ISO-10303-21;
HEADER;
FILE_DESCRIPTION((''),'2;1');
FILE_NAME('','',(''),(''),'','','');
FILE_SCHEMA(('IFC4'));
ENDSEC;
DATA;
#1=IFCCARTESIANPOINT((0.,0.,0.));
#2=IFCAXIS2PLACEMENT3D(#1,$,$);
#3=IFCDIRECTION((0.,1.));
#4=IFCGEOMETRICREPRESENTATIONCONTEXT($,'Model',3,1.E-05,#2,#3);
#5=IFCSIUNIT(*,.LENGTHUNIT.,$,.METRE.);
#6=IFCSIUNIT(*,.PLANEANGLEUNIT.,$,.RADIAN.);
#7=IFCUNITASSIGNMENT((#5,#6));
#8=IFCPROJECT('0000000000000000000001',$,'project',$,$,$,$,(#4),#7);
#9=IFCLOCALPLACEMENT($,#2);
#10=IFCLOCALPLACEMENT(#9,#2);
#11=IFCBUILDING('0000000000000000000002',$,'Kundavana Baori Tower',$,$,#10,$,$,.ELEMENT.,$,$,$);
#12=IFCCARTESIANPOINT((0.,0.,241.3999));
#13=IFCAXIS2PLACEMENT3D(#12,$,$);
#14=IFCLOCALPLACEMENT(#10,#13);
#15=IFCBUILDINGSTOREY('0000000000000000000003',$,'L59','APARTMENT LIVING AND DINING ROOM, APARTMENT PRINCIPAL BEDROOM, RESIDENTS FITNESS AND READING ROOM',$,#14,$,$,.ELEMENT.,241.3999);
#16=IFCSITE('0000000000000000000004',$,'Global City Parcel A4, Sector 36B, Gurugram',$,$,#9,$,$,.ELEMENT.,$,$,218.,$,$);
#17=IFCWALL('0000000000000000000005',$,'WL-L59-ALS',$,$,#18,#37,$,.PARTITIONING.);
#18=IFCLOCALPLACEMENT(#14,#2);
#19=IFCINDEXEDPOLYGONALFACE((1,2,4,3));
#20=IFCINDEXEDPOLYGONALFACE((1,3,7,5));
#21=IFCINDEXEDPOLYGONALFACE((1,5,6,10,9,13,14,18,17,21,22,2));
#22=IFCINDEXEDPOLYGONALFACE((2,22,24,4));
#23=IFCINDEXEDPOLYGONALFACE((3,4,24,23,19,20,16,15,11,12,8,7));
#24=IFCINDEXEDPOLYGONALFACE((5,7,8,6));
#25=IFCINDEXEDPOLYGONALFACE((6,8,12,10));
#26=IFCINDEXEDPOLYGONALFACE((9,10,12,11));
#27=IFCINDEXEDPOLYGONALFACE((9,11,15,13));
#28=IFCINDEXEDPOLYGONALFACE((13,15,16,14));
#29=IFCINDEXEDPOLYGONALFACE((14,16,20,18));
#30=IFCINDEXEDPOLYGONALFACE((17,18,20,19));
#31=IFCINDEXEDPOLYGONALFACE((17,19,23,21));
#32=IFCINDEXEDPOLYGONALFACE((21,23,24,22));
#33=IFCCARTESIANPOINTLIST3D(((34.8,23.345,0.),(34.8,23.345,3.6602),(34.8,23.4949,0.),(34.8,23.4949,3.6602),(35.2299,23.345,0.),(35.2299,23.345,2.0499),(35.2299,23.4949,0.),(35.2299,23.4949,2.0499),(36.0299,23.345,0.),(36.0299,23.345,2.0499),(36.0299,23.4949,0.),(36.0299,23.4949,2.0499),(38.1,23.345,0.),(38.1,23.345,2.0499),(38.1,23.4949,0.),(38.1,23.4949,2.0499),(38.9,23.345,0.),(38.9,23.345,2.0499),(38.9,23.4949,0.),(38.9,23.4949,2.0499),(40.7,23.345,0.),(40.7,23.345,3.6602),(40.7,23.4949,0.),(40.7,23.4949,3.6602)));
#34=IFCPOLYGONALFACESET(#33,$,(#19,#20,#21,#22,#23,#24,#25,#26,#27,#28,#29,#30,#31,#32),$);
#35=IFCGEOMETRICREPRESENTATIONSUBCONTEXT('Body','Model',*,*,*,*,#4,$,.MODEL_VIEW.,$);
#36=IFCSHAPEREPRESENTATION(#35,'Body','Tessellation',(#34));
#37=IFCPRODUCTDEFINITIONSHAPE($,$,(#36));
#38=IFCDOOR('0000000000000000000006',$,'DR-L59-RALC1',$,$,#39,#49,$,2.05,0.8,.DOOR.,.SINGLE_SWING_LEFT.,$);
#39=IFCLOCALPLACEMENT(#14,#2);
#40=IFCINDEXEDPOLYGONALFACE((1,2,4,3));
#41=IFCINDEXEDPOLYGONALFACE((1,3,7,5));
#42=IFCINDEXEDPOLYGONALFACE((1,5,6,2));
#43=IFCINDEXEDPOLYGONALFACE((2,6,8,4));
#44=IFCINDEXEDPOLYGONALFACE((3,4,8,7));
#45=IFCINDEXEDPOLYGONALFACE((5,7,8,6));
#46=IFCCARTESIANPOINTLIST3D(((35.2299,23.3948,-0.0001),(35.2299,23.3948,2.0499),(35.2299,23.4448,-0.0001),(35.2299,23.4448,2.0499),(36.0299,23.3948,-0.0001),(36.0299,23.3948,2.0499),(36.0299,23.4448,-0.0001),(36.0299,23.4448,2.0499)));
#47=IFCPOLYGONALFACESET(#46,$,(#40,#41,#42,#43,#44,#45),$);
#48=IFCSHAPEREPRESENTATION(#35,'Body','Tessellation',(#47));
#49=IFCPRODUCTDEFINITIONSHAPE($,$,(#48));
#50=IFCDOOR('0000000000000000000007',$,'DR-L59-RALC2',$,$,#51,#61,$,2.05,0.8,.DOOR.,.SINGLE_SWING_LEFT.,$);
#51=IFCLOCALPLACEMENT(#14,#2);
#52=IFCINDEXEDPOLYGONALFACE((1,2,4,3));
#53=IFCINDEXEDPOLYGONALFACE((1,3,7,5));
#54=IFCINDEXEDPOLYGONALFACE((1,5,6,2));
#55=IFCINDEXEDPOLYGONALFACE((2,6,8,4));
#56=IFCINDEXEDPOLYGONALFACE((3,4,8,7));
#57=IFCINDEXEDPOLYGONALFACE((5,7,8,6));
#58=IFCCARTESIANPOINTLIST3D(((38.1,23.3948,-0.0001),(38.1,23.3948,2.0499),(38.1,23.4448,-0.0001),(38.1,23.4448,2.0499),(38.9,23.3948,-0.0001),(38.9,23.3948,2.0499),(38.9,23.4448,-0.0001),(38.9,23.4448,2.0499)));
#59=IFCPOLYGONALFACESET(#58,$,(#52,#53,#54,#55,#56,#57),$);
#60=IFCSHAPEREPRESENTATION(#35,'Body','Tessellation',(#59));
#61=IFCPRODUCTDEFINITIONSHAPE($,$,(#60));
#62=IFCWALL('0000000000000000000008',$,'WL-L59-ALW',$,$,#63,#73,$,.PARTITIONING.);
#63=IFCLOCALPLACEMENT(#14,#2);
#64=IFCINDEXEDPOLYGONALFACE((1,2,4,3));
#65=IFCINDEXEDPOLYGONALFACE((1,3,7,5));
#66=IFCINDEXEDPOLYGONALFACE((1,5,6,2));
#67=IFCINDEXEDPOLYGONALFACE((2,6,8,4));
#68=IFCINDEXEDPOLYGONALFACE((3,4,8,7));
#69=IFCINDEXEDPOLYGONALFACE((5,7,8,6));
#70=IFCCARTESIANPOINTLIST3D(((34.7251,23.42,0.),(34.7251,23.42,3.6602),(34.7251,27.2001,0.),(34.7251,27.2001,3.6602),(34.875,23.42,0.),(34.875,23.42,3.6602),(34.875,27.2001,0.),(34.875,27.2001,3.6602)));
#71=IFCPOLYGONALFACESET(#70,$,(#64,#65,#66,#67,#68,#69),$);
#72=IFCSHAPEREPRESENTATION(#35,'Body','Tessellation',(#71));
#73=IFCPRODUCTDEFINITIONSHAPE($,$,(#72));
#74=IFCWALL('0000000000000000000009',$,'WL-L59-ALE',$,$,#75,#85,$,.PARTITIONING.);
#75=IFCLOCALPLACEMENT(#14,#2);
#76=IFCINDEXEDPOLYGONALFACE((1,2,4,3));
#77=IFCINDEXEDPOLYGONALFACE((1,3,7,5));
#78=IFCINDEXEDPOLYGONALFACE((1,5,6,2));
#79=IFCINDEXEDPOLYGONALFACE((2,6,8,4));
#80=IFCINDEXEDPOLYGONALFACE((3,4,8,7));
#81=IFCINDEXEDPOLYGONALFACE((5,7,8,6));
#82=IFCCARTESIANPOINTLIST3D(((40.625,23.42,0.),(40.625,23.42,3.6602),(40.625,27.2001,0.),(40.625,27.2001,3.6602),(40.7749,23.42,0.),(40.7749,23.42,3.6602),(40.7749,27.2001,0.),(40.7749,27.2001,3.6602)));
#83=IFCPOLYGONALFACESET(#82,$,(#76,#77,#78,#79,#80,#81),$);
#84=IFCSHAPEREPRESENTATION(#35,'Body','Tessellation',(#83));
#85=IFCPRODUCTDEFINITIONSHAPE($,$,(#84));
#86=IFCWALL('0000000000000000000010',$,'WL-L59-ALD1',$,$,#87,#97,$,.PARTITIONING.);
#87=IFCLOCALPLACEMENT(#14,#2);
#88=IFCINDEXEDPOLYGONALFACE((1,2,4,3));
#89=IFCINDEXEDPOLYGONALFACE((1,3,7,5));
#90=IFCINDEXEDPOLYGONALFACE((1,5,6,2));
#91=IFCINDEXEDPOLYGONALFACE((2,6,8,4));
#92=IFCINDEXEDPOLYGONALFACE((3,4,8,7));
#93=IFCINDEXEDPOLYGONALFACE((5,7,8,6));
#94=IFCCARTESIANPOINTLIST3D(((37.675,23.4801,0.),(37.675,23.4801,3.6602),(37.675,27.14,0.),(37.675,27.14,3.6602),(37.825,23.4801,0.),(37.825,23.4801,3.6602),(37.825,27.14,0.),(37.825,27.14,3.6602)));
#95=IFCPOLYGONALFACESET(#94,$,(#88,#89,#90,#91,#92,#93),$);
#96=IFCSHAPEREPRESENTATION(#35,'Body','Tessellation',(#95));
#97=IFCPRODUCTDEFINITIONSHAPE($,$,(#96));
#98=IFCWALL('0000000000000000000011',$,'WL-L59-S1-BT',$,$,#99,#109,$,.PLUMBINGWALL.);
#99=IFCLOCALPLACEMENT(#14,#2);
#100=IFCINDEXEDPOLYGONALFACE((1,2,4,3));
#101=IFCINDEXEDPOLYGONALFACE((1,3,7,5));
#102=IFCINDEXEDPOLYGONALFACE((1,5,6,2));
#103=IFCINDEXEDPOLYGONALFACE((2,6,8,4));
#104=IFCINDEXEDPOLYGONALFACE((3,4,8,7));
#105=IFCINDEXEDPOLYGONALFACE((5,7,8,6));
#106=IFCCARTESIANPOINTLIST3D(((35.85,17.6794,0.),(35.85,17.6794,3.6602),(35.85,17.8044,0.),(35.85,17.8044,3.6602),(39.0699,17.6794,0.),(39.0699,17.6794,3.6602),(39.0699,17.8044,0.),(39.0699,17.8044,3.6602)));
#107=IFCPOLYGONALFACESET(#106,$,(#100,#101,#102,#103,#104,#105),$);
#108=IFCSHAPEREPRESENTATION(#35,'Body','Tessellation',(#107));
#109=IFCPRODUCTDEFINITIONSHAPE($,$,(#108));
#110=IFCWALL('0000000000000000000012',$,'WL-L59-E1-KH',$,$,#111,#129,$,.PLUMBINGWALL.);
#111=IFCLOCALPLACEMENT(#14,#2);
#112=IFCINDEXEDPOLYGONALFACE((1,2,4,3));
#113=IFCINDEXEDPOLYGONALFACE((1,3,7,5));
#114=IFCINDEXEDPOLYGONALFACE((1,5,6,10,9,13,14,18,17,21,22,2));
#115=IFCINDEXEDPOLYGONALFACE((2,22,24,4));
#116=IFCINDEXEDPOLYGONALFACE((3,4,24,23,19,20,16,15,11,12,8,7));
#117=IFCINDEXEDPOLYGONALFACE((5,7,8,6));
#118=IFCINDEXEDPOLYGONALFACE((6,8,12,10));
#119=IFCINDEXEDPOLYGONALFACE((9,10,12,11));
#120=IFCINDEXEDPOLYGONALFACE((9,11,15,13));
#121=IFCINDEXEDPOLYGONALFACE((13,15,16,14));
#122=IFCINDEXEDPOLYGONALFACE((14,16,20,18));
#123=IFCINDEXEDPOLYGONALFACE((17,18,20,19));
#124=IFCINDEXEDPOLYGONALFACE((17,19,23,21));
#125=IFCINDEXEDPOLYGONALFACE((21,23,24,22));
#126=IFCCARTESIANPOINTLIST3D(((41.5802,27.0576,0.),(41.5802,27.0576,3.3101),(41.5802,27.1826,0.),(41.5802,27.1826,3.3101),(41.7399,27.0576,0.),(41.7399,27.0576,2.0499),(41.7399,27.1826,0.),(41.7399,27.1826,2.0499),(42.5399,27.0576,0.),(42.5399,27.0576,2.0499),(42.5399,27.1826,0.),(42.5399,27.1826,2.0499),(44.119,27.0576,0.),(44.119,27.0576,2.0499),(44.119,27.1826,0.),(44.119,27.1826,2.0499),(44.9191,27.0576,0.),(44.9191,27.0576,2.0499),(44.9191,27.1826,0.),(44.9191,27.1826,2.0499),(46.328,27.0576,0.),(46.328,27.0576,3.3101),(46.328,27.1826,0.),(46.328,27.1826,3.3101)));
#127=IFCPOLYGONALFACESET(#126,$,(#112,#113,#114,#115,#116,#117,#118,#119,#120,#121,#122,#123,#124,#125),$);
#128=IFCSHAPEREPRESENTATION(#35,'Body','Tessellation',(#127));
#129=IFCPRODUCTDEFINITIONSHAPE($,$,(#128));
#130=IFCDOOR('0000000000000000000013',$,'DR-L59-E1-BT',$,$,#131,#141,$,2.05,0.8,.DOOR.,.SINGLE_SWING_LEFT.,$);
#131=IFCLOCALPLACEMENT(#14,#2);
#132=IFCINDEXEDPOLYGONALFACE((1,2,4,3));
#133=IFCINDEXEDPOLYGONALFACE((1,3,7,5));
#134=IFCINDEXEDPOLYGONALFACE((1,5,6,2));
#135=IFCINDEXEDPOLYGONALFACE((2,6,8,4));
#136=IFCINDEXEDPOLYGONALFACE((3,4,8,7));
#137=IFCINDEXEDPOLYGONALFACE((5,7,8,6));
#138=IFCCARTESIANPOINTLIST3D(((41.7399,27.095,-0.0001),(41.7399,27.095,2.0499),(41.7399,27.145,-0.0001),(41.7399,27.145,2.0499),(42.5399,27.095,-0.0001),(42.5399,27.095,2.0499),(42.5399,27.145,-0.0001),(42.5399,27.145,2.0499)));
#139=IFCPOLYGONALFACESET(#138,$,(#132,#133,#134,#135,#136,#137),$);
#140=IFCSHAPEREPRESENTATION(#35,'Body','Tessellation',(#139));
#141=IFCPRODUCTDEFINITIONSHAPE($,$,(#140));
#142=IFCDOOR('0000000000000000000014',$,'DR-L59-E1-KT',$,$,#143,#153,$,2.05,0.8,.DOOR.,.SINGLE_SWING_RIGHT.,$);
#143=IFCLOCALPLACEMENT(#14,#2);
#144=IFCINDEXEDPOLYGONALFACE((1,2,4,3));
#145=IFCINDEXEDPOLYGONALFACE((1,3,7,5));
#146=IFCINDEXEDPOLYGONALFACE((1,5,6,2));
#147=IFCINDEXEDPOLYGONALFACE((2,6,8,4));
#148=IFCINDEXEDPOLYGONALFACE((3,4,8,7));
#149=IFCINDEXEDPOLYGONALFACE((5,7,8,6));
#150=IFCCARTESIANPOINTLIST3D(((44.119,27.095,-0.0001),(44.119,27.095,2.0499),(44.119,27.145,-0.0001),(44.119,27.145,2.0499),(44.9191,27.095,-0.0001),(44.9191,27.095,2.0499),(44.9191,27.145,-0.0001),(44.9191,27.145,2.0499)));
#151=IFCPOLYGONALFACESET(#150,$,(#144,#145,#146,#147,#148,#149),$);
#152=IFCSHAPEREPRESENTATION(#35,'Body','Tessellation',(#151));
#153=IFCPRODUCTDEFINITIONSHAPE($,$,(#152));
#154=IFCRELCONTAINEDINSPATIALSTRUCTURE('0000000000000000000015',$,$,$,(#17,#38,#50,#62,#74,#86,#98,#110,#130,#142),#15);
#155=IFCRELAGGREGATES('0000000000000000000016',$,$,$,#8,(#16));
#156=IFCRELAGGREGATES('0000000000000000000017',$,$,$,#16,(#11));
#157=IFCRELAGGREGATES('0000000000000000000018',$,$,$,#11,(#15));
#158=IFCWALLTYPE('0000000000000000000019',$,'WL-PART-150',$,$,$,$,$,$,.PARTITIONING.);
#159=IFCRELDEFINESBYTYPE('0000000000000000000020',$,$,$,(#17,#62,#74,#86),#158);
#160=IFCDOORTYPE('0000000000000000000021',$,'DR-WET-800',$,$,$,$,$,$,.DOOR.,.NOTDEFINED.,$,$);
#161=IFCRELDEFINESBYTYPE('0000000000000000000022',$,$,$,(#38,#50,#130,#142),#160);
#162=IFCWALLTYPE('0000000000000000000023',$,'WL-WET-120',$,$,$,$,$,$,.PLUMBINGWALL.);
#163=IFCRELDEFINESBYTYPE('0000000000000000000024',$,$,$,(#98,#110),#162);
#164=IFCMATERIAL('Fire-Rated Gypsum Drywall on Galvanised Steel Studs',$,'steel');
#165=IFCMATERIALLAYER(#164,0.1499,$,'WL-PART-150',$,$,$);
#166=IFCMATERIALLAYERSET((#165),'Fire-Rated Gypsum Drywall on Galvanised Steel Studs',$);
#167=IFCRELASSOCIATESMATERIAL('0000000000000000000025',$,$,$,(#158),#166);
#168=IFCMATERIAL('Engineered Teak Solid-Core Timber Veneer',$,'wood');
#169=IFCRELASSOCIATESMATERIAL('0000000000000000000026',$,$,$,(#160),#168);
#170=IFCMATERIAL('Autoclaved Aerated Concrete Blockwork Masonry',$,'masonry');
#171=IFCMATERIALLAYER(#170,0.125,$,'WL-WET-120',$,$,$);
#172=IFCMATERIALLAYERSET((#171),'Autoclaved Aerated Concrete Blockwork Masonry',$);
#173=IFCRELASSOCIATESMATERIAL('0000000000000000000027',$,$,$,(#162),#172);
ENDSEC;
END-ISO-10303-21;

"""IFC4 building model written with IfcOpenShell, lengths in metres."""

from ifc_helpers import new_model, si_unit, direction, frame, frame_2d, origin, place, context, subcontext, project, spatial, rectangle, extrude, material, layer, layer_set, type_object, element, fill, save


model = new_model("IFC4")

# Units and contexts
model_context = context("Model", 3, precision=1e-05, world=origin(), true_north=direction((0.0, 1.0)))
body_context = subcontext(model_context, "Body", "Model", "MODEL_VIEW")
ifc_project = project(units=[si_unit("LENGTHUNIT", "METRE"), si_unit("PLANEANGLEUNIT", "RADIAN")], contexts=[model_context])

# Site, building, storey
site_placement = place(None, origin())
site = spatial("IfcSite", under=ifc_project, at=site_placement, Name="Global City Parcel A4, Sector 36B, Gurugram", CompositionType="ELEMENT", RefElevation=218.0)
building_placement = place(site_placement, origin())
building = spatial("IfcBuilding", under=site, at=building_placement, Name="Kundavana Baori Tower", CompositionType="ELEMENT")
storey_placement = place(building_placement, frame((0.0, 0.0, 241.3999)))
storey = spatial("IfcBuildingStorey", under=building, at=storey_placement, Name="L59", Description="APARTMENT LIVING AND DINING ROOM, APARTMENT PRINCIPAL BEDROOM, RESIDENTS FITNESS AND READING ROOM", CompositionType="ELEMENT", Elevation=241.3999)

# Shared definitions
ifc_material_1 = material(Name="Fire-Rated Gypsum Drywall on Galvanised Steel Studs", Category="steel")
ifc_layer_1 = layer(ifc_material_1, 0.1499, Name="WL-PART-150")
ifc_layer_set_1 = layer_set([ifc_layer_1], Name="Fire-Rated Gypsum Drywall on Galvanised Steel Studs")
wall_type_1 = type_object("IfcWallType", Name="WL-PART-150", PredefinedType="PARTITIONING", material=ifc_layer_set_1)

# Wall, openings, doors
wall_1_placement = place(storey_placement, frame((34.8, 23.4199, 0.0), z_axis=(0.0, 0.0, 1.0), x_axis=(1.0, 0.0, 0.0)))
wall_1 = element("IfcWall", 1, at=wall_1_placement, inside=storey, type_object=wall_type_1, Name="WL-L59-ALS", PredefinedType="PARTITIONING", context=body_context, shape_type="SweptSolid", body=[
    extrude(rectangle(XDim=5.8999, YDim=0.1499, at=frame_2d((2.95, 0.0))), origin(), (0.0, 0.0, 1.0), 3.6602),
])
opening_1_placement = place(wall_1_placement, frame((0.4299, 0.0, 0.0)))
opening_1 = element("IfcOpeningElement", 2, at=opening_1_placement, cuts=wall_1, PredefinedType="OPENING", context=body_context, shape_type="SweptSolid", body=[
    extrude(rectangle(XDim=0.8, YDim=2.05, at=frame_2d((0.3999, 1.0249))), frame((0.0, 0.085, 0.0), z_axis=(0.0, -1.0, 0.0), x_axis=(1.0, 0.0, 0.0)), (0.0, 0.0, 1.0), 0.1699),
])
opening_2_placement = place(wall_1_placement, frame((3.3, 0.0, 0.0)))
opening_2 = element("IfcOpeningElement", 3, at=opening_2_placement, cuts=wall_1, PredefinedType="OPENING", context=body_context, shape_type="SweptSolid", body=[
    extrude(rectangle(XDim=0.8, YDim=2.05, at=frame_2d((0.3999, 1.0249))), frame((0.0, 0.085, 0.0), z_axis=(0.0, -1.0, 0.0), x_axis=(1.0, 0.0, 0.0)), (0.0, 0.0, 1.0), 0.1699),
])
ifc_material_2 = material(Name="Engineered Teak Solid-Core Timber Veneer", Category="wood")
door_type_1 = type_object("IfcDoorType", Name="DR-WET-800", OperationType="NOTDEFINED", PredefinedType="DOOR", material=ifc_material_2)
door_1_placement = place(opening_1_placement, origin())
door_1 = element("IfcDoor", 4, at=door_1_placement, inside=storey, type_object=door_type_1, Name="DR-L59-RALC1", OperationType="SINGLE_SWING_LEFT", OverallHeight=2.05, OverallWidth=0.8, PredefinedType="DOOR", context=body_context, shape_type="SweptSolid", body=[
    extrude(rectangle(XDim=0.8, YDim=2.05, at=frame_2d((0.3999, 1.0249))), frame((0.0, 0.0249, 0.0), z_axis=(0.0, -1.0, 0.0), x_axis=(1.0, 0.0, 0.0)), (0.0, 0.0, 1.0), 0.05),
])
fill(opening_1, door_1)
door_2_placement = place(opening_2_placement, origin())
door_2 = element("IfcDoor", 5, at=door_2_placement, inside=storey, type_object=door_type_1, Name="DR-L59-RALC2", OperationType="SINGLE_SWING_LEFT", OverallHeight=2.05, OverallWidth=0.8, PredefinedType="DOOR", context=body_context, shape_type="SweptSolid", body=[
    extrude(rectangle(XDim=0.8, YDim=2.05, at=frame_2d((0.3999, 1.0249))), frame((0.0, 0.0249, 0.0), z_axis=(0.0, -1.0, 0.0), x_axis=(1.0, 0.0, 0.0)), (0.0, 0.0, 1.0), 0.05),
])
fill(opening_2, door_2)

# Walls
for number, where, z_axis, x_axis, name in (
    (6, (34.8, 23.4199, 0.0), (0.0, 0.0, 1.0), (0.0, 1.0, 0.0), "WL-L59-ALW"),
    (7, (40.7, 23.4199, 0.0), (0.0, 0.0, 1.0), (0.0, 1.0, 0.0), "WL-L59-ALE"),
):
    element("IfcWall", number, at=place(storey_placement, frame(where, z_axis=z_axis, x_axis=x_axis)), inside=storey, type_object=wall_type_1, Name=name, PredefinedType="PARTITIONING", context=body_context, shape_type="SweptSolid", body=[
        extrude(rectangle(XDim=3.78, YDim=0.1499, at=frame_2d((1.8901, 0.0))), origin(), (0.0, 0.0, 1.0), 3.6602),
    ])
wall_2_placement = place(storey_placement, frame((37.75, 23.48, 0.0), z_axis=(0.0, 0.0, 1.0), x_axis=(0.0, 1.0, 0.0)))
element("IfcWall", 8, at=wall_2_placement, inside=storey, type_object=wall_type_1, Name="WL-L59-ALD1", PredefinedType="PARTITIONING", context=body_context, shape_type="SweptSolid", body=[
    extrude(rectangle(XDim=3.6599, YDim=0.1499, at=frame_2d((1.8301, 0.0))), origin(), (0.0, 0.0, 1.0), 3.6602),
])
ifc_material_3 = material(Name="Autoclaved Aerated Concrete Blockwork Masonry", Category="masonry")
ifc_layer_2 = layer(ifc_material_3, 0.125, Name="WL-WET-120")
ifc_layer_set_2 = layer_set([ifc_layer_2], Name="Autoclaved Aerated Concrete Blockwork Masonry")
wall_type_2 = type_object("IfcWallType", Name="WL-WET-120", PredefinedType="PLUMBINGWALL", material=ifc_layer_set_2)
wall_3_placement = place(storey_placement, frame((35.8501, 17.7419, 0.0), z_axis=(0.0, 0.0, 1.0), x_axis=(1.0, 0.0, 0.0)))
element("IfcWall", 9, at=wall_3_placement, inside=storey, type_object=wall_type_2, Name="WL-L59-S1-BT", PredefinedType="PLUMBINGWALL", context=body_context, shape_type="SweptSolid", body=[
    extrude(rectangle(XDim=3.22, YDim=0.125, at=frame_2d((1.6099, 0.0))), origin(), (0.0, 0.0, 1.0), 3.6602),
])

# Wall, openings, doors
wall_4_placement = place(storey_placement, frame((41.5801, 27.1201, 0.0), z_axis=(0.0, 0.0, 1.0), x_axis=(1.0, 0.0, 0.0)))
wall_4 = element("IfcWall", 10, at=wall_4_placement, inside=storey, type_object=wall_type_2, Name="WL-L59-E1-KH", PredefinedType="PLUMBINGWALL", context=body_context, shape_type="SweptSolid", body=[
    extrude(rectangle(XDim=4.7478, YDim=0.125, at=frame_2d((2.374, 0.0))), origin(), (0.0, 0.0, 1.0), 3.3101),
])
opening_3_placement = place(wall_4_placement, frame((0.1599, 0.0, 0.0)))
opening_3 = element("IfcOpeningElement", 11, at=opening_3_placement, cuts=wall_4, PredefinedType="OPENING", context=body_context, shape_type="SweptSolid", body=[
    extrude(rectangle(XDim=0.8, YDim=2.05, at=frame_2d((0.3999, 1.0249))), frame((0.0, 0.0725, 0.0), z_axis=(0.0, -1.0, 0.0), x_axis=(1.0, 0.0, 0.0)), (0.0, 0.0, 1.0), 0.145),
])
opening_4_placement = place(wall_4_placement, frame((2.5391, 0.0, 0.0)))
opening_4 = element("IfcOpeningElement", 12, at=opening_4_placement, cuts=wall_4, PredefinedType="OPENING", context=body_context, shape_type="SweptSolid", body=[
    extrude(rectangle(XDim=0.8, YDim=2.05, at=frame_2d((0.3999, 1.0249))), frame((0.0, 0.0725, 0.0), z_axis=(0.0, -1.0, 0.0), x_axis=(1.0, 0.0, 0.0)), (0.0, 0.0, 1.0), 0.145),
])
door_3_placement = place(opening_3_placement, origin())
door_3 = element("IfcDoor", 13, at=door_3_placement, inside=storey, type_object=door_type_1, Name="DR-L59-E1-BT", OperationType="SINGLE_SWING_LEFT", OverallHeight=2.05, OverallWidth=0.8, PredefinedType="DOOR", context=body_context, shape_type="SweptSolid", body=[
    extrude(rectangle(XDim=0.8, YDim=2.05, at=frame_2d((0.3999, 1.0249))), frame((0.0, 0.0249, 0.0), z_axis=(0.0, -1.0, 0.0), x_axis=(1.0, 0.0, 0.0)), (0.0, 0.0, 1.0), 0.05),
])
fill(opening_3, door_3)
door_4_placement = place(opening_4_placement, origin())
door_4 = element("IfcDoor", 14, at=door_4_placement, inside=storey, type_object=door_type_1, Name="DR-L59-E1-KT", OperationType="SINGLE_SWING_RIGHT", OverallHeight=2.05, OverallWidth=0.8, PredefinedType="DOOR", context=body_context, shape_type="SweptSolid", body=[
    extrude(rectangle(XDim=0.8, YDim=2.05, at=frame_2d((0.3999, 1.0249))), frame((0.0, 0.0249, 0.0), z_axis=(0.0, -1.0, 0.0), x_axis=(1.0, 0.0, 0.0)), (0.0, 0.0, 1.0), 0.05),
])
fill(opening_4, door_4)

save(model, "model.ifc")
